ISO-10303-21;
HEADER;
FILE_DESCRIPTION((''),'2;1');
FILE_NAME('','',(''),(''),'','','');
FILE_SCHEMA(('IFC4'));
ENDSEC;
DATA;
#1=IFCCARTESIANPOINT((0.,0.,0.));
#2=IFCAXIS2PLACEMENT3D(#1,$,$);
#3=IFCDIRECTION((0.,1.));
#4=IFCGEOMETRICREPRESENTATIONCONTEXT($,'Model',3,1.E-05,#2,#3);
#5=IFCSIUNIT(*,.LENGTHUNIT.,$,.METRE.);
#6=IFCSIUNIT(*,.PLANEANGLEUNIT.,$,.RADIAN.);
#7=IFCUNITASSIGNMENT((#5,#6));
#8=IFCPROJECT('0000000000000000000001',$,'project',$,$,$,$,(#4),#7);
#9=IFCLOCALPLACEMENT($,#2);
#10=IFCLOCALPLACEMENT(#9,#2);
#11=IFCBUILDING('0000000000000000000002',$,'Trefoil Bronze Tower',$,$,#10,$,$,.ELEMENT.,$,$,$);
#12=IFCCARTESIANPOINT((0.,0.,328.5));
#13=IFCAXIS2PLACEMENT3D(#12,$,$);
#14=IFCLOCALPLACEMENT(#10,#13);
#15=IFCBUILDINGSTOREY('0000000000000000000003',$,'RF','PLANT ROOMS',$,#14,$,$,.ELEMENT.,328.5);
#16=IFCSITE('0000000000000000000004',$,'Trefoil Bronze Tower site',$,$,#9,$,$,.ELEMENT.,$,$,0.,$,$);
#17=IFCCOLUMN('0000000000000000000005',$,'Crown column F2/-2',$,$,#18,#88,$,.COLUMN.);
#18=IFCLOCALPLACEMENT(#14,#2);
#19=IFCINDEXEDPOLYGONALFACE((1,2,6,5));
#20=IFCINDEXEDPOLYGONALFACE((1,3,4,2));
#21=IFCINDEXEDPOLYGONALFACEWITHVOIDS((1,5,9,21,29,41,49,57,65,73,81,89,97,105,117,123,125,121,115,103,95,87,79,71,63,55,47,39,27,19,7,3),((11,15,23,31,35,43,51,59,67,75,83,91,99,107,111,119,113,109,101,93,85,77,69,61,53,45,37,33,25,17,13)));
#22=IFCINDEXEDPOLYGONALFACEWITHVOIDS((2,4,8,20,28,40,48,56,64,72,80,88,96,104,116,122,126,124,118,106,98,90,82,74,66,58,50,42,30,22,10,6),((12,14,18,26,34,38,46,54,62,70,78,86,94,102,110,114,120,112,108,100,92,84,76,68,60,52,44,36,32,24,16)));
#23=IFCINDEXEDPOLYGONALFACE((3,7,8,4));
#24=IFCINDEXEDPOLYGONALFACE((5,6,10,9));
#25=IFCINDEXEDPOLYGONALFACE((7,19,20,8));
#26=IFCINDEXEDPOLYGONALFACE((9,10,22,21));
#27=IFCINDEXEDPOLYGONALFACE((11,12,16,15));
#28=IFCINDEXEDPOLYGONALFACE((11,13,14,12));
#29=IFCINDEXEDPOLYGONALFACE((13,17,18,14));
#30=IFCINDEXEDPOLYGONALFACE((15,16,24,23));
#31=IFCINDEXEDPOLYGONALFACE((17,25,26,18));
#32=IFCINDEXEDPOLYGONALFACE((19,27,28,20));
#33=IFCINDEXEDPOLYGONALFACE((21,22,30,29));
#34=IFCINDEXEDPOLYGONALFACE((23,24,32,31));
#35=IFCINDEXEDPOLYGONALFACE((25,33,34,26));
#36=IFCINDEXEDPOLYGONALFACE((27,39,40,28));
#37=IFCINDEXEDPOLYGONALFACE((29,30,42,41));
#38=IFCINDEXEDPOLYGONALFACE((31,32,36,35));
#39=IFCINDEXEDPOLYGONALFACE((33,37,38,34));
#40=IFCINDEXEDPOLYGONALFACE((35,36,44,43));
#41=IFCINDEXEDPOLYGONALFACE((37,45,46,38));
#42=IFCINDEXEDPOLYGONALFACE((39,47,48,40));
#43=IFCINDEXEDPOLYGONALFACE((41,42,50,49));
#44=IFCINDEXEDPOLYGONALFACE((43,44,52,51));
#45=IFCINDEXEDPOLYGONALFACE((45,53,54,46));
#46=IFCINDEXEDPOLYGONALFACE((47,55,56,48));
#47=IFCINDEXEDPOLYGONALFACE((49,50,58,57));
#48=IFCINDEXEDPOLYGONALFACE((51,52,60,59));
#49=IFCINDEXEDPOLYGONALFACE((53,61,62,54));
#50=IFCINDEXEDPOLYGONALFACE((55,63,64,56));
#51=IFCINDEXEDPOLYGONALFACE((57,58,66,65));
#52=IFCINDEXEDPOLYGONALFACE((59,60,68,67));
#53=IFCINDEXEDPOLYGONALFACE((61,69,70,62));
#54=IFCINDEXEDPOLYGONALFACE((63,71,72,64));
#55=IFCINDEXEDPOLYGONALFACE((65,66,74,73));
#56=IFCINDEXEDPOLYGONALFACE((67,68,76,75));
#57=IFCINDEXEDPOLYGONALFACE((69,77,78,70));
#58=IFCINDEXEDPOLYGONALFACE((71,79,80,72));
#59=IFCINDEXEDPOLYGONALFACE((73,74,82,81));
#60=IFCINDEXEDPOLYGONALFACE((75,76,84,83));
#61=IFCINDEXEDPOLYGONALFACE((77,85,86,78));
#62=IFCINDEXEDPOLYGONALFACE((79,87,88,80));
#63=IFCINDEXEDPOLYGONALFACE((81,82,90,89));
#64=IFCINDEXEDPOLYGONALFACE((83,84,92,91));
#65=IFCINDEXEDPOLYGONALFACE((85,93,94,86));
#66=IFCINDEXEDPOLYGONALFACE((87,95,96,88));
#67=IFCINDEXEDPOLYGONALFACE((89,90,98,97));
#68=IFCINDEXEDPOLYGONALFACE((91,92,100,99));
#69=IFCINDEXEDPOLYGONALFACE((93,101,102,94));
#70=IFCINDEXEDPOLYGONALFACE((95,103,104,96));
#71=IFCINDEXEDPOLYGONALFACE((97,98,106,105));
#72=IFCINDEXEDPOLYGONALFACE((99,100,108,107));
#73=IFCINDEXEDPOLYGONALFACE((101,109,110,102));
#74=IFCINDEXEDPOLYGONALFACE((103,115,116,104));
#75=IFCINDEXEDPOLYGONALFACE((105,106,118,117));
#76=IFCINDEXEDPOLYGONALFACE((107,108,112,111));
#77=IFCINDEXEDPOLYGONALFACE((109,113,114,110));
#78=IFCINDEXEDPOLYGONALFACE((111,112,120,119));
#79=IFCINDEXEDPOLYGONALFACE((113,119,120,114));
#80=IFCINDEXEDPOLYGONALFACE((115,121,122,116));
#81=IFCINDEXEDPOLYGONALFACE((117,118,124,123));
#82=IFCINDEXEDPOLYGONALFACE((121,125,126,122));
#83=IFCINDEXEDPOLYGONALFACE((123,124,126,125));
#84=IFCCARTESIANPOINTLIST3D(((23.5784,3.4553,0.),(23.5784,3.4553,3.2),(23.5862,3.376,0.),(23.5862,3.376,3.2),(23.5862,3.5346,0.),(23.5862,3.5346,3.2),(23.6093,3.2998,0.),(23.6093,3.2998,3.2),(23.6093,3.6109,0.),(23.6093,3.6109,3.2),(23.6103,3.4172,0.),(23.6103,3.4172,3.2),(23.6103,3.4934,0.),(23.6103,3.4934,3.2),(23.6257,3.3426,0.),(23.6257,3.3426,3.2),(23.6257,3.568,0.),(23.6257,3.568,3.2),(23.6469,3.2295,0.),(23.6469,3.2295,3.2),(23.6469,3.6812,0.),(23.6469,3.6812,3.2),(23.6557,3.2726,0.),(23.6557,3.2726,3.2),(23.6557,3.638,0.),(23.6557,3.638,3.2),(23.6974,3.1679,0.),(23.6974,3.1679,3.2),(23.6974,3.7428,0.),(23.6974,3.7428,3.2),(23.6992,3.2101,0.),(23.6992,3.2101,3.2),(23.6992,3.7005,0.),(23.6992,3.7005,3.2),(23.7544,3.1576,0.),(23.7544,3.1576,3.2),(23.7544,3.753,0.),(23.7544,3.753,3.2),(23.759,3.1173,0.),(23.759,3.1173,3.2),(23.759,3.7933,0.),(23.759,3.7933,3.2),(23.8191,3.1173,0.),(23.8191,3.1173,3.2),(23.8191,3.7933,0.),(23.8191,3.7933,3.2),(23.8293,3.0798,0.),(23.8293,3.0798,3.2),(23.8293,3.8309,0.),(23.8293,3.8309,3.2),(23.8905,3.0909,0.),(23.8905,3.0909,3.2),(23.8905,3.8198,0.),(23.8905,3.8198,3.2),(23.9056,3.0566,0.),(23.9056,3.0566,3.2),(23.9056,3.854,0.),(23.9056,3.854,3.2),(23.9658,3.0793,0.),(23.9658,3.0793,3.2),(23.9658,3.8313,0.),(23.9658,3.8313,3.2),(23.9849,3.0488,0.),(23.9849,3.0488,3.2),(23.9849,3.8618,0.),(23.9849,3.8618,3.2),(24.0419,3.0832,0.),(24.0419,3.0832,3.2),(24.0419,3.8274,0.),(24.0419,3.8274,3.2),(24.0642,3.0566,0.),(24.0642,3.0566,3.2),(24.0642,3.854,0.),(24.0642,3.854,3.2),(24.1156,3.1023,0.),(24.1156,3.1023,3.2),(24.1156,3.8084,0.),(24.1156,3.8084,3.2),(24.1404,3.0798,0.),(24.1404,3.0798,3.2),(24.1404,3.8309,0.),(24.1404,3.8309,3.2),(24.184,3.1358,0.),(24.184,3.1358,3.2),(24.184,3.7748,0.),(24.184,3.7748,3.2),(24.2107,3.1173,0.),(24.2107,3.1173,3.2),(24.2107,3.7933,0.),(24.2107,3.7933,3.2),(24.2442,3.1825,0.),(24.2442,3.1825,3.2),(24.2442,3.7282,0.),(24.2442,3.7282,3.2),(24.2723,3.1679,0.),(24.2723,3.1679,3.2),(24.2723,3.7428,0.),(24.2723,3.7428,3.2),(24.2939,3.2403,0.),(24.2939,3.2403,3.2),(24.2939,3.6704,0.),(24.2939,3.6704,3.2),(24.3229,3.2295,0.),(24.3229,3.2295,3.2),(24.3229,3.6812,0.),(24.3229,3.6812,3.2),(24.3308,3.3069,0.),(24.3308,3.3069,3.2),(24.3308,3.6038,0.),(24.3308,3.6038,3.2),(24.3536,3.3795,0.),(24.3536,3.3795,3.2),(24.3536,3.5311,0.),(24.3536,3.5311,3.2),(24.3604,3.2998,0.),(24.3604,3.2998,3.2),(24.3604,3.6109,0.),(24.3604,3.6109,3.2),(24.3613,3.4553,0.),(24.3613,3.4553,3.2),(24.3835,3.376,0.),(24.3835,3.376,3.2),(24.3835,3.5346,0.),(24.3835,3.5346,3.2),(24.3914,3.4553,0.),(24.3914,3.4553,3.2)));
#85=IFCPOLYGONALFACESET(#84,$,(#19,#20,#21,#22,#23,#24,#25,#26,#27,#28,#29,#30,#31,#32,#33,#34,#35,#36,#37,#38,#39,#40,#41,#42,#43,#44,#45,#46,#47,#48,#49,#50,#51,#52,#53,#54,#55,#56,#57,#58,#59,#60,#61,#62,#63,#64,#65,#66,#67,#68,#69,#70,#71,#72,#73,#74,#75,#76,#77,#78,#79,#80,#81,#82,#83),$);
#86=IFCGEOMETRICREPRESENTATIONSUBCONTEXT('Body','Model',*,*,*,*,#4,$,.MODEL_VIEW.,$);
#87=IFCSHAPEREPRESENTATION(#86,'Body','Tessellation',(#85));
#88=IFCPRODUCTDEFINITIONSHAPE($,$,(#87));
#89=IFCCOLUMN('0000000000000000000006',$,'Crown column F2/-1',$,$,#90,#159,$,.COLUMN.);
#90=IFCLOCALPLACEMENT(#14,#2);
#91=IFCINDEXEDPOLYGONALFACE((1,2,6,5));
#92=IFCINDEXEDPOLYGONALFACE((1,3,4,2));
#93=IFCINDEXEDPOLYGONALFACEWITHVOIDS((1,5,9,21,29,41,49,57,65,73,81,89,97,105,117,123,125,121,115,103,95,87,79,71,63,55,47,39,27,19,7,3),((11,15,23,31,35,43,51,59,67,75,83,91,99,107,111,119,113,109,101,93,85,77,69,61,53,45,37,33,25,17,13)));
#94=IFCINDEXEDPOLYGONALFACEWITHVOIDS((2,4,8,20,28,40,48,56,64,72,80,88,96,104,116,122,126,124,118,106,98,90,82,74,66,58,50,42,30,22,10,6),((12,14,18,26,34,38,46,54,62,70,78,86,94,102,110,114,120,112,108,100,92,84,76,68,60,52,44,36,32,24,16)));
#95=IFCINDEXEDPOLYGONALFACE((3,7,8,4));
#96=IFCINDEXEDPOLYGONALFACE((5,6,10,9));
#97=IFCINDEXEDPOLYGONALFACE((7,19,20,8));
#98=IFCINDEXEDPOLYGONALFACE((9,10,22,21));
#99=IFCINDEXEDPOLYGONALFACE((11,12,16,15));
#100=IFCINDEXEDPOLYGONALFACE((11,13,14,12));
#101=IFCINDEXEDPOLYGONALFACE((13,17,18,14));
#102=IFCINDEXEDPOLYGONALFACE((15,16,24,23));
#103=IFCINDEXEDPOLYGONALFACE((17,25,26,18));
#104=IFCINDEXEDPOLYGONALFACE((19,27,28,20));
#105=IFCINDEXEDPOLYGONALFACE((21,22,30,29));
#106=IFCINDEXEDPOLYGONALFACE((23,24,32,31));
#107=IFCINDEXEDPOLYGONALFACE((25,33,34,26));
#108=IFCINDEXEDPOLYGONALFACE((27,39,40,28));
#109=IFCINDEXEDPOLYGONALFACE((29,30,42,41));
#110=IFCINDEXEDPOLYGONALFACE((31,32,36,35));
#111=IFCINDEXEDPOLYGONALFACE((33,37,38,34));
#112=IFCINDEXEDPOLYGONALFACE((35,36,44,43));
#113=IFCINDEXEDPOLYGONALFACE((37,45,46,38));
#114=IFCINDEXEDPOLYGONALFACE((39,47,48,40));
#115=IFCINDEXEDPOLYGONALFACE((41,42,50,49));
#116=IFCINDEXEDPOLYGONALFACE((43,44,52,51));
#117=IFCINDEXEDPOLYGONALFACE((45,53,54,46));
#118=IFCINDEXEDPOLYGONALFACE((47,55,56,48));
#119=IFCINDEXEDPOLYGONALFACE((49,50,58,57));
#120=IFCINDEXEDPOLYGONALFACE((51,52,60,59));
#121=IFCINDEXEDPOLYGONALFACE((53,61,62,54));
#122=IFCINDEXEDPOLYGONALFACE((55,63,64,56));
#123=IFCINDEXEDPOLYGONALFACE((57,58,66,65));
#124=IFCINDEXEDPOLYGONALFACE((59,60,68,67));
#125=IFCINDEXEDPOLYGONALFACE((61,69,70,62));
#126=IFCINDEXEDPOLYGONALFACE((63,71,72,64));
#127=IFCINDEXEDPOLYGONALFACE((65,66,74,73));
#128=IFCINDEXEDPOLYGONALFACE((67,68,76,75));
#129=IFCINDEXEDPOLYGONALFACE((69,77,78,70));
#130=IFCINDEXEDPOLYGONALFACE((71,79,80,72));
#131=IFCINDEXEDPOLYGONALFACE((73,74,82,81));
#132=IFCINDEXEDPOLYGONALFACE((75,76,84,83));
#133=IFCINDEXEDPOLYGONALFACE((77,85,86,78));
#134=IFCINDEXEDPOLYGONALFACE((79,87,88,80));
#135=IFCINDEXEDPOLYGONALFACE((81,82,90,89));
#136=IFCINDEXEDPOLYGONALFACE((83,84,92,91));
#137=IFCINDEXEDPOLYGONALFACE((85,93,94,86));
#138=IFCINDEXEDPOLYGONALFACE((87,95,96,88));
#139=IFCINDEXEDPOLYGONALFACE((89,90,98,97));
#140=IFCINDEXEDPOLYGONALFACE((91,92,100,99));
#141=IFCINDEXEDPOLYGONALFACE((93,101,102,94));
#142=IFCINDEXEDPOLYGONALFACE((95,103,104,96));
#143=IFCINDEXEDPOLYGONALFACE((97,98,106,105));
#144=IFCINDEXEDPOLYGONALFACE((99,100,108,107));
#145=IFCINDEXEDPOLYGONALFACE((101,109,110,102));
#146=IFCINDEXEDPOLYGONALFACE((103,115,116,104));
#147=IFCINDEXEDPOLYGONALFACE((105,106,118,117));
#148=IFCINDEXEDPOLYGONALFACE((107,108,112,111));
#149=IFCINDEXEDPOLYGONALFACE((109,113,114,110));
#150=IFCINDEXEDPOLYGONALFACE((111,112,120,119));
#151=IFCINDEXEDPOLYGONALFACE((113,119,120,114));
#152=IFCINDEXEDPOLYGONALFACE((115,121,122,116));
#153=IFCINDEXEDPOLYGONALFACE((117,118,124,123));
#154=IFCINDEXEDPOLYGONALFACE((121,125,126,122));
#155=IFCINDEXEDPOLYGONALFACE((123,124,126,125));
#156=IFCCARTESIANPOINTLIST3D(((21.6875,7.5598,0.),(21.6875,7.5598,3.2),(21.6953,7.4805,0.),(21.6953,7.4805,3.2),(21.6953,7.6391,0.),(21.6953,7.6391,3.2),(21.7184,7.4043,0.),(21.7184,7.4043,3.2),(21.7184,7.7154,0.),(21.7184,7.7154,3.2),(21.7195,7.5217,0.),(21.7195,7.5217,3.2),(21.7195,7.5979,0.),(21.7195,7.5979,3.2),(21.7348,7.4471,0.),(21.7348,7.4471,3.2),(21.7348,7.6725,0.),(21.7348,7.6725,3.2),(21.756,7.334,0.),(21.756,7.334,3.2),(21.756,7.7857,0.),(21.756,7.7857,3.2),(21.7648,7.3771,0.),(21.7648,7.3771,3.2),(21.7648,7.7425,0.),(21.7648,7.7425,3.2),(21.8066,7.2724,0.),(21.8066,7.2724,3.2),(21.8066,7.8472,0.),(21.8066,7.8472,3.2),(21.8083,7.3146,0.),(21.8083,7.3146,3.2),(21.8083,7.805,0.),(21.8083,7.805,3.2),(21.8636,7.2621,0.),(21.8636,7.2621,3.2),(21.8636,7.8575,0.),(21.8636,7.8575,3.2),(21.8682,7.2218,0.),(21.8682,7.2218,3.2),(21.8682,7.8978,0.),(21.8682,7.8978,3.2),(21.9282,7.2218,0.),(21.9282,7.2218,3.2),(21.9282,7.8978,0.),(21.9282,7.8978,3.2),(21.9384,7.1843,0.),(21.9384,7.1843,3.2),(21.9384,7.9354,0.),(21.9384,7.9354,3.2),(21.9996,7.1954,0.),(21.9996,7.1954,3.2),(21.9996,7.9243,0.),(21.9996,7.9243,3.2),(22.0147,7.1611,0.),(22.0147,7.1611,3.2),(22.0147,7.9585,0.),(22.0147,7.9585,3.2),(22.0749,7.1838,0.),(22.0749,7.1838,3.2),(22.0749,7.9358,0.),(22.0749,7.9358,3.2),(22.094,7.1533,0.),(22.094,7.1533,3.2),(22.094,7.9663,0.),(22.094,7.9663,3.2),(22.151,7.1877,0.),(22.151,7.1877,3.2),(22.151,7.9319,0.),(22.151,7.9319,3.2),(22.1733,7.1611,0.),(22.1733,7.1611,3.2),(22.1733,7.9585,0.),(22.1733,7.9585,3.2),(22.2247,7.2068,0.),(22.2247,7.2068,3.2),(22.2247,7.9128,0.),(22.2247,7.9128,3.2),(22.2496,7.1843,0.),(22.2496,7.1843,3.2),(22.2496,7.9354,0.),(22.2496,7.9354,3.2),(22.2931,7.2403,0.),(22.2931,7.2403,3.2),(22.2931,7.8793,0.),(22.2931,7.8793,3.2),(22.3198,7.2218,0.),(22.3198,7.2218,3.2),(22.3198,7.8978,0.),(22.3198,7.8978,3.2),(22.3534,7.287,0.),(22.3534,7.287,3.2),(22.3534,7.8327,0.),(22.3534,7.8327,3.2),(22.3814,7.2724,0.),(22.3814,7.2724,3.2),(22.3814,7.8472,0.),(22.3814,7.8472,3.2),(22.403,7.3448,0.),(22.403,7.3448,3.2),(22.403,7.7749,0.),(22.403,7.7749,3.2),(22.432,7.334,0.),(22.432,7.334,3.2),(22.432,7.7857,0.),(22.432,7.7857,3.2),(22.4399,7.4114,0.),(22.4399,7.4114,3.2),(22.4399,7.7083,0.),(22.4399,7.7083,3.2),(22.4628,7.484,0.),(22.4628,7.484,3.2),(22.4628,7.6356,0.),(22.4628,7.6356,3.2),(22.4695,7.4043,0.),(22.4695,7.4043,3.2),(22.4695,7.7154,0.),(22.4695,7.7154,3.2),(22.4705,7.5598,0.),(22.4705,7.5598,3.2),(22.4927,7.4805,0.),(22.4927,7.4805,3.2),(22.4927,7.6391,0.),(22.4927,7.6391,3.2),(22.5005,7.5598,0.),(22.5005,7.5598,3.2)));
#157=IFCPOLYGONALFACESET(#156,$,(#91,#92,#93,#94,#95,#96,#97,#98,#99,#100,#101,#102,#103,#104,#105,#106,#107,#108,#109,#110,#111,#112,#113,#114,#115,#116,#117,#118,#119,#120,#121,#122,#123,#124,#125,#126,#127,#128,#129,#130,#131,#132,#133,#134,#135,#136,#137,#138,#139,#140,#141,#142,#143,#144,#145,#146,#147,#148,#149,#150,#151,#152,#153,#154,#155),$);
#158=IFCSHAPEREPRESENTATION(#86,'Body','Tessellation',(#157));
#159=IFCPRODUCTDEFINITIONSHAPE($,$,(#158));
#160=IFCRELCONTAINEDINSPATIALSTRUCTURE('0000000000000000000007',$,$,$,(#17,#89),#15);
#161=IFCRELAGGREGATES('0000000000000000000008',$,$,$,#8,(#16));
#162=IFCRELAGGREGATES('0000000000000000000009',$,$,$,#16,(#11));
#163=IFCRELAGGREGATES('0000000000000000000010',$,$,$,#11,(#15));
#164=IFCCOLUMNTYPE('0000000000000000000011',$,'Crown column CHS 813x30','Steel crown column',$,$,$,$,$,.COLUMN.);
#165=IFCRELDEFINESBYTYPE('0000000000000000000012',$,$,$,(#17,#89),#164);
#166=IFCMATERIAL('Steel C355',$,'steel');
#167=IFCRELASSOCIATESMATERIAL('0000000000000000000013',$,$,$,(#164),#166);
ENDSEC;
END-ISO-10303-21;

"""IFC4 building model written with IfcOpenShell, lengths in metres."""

from ifc_helpers import new_model, si_unit, direction, frame, origin, origin_2d, place, context, subcontext, project, spatial, hollow_circle, extrude, material, material_profile, profile_set, type_object, element, save


model = new_model("IFC4")

# Units and contexts
model_context = context("Model", 3, precision=1e-05, world=origin(), true_north=direction((0.0, 1.0)))
body_context = subcontext(model_context, "Body", "Model", "MODEL_VIEW")
ifc_project = project(units=[si_unit("LENGTHUNIT", "METRE"), si_unit("PLANEANGLEUNIT", "RADIAN")], contexts=[model_context])

# Site, building, storey
site_placement = place(None, origin())
site = spatial("IfcSite", under=ifc_project, at=site_placement, Name="Trefoil Bronze Tower site", CompositionType="ELEMENT", RefElevation=0.0)
building_placement = place(site_placement, origin())
building = spatial("IfcBuilding", under=site, at=building_placement, Name="Trefoil Bronze Tower", CompositionType="ELEMENT")
storey_placement = place(building_placement, frame((0.0, 0.0, 328.5)))
storey = spatial("IfcBuildingStorey", under=building, at=storey_placement, Name="RF", Description="PLANT ROOMS", CompositionType="ELEMENT", Elevation=328.5)

# Columns
ifc_material_1 = material(Name="Steel C355", Category="steel")
ifc_material_profile_1 = material_profile(ifc_material_1, hollow_circle(Radius=0.4065, WallThickness=0.03, at=origin_2d()), Name="CHS 813x30")
ifc_profile_set_1 = profile_set([ifc_material_profile_1], Name="Steel C355")
column_type = type_object("IfcColumnType", Name="Crown column CHS 813x30", Description="Steel crown column", PredefinedType="COLUMN", material=ifc_profile_set_1)
for number, where, z_axis, x_axis, name in (
    (1, (23.9849, 3.4553, 0.0), (0.0, 0.0, 1.0), (1.0, 0.0, 0.0), "Crown column F2/-2"),
    (2, (22.094, 7.5598, 0.0), (0.0, 0.0, 1.0), (1.0, 0.0, 0.0), "Crown column F2/-1"),
):
    element("IfcColumn", number, at=place(storey_placement, frame(where, z_axis=z_axis, x_axis=x_axis)), inside=storey, type_object=column_type, Name=name, PredefinedType="COLUMN", context=body_context, shape_type="SweptSolid", body=[
        extrude(hollow_circle(Radius=0.4065, WallThickness=0.03, at=origin_2d()), origin(), (0.0, 0.0, 1.0), 3.2),
    ])

save(model, "model.ifc")
